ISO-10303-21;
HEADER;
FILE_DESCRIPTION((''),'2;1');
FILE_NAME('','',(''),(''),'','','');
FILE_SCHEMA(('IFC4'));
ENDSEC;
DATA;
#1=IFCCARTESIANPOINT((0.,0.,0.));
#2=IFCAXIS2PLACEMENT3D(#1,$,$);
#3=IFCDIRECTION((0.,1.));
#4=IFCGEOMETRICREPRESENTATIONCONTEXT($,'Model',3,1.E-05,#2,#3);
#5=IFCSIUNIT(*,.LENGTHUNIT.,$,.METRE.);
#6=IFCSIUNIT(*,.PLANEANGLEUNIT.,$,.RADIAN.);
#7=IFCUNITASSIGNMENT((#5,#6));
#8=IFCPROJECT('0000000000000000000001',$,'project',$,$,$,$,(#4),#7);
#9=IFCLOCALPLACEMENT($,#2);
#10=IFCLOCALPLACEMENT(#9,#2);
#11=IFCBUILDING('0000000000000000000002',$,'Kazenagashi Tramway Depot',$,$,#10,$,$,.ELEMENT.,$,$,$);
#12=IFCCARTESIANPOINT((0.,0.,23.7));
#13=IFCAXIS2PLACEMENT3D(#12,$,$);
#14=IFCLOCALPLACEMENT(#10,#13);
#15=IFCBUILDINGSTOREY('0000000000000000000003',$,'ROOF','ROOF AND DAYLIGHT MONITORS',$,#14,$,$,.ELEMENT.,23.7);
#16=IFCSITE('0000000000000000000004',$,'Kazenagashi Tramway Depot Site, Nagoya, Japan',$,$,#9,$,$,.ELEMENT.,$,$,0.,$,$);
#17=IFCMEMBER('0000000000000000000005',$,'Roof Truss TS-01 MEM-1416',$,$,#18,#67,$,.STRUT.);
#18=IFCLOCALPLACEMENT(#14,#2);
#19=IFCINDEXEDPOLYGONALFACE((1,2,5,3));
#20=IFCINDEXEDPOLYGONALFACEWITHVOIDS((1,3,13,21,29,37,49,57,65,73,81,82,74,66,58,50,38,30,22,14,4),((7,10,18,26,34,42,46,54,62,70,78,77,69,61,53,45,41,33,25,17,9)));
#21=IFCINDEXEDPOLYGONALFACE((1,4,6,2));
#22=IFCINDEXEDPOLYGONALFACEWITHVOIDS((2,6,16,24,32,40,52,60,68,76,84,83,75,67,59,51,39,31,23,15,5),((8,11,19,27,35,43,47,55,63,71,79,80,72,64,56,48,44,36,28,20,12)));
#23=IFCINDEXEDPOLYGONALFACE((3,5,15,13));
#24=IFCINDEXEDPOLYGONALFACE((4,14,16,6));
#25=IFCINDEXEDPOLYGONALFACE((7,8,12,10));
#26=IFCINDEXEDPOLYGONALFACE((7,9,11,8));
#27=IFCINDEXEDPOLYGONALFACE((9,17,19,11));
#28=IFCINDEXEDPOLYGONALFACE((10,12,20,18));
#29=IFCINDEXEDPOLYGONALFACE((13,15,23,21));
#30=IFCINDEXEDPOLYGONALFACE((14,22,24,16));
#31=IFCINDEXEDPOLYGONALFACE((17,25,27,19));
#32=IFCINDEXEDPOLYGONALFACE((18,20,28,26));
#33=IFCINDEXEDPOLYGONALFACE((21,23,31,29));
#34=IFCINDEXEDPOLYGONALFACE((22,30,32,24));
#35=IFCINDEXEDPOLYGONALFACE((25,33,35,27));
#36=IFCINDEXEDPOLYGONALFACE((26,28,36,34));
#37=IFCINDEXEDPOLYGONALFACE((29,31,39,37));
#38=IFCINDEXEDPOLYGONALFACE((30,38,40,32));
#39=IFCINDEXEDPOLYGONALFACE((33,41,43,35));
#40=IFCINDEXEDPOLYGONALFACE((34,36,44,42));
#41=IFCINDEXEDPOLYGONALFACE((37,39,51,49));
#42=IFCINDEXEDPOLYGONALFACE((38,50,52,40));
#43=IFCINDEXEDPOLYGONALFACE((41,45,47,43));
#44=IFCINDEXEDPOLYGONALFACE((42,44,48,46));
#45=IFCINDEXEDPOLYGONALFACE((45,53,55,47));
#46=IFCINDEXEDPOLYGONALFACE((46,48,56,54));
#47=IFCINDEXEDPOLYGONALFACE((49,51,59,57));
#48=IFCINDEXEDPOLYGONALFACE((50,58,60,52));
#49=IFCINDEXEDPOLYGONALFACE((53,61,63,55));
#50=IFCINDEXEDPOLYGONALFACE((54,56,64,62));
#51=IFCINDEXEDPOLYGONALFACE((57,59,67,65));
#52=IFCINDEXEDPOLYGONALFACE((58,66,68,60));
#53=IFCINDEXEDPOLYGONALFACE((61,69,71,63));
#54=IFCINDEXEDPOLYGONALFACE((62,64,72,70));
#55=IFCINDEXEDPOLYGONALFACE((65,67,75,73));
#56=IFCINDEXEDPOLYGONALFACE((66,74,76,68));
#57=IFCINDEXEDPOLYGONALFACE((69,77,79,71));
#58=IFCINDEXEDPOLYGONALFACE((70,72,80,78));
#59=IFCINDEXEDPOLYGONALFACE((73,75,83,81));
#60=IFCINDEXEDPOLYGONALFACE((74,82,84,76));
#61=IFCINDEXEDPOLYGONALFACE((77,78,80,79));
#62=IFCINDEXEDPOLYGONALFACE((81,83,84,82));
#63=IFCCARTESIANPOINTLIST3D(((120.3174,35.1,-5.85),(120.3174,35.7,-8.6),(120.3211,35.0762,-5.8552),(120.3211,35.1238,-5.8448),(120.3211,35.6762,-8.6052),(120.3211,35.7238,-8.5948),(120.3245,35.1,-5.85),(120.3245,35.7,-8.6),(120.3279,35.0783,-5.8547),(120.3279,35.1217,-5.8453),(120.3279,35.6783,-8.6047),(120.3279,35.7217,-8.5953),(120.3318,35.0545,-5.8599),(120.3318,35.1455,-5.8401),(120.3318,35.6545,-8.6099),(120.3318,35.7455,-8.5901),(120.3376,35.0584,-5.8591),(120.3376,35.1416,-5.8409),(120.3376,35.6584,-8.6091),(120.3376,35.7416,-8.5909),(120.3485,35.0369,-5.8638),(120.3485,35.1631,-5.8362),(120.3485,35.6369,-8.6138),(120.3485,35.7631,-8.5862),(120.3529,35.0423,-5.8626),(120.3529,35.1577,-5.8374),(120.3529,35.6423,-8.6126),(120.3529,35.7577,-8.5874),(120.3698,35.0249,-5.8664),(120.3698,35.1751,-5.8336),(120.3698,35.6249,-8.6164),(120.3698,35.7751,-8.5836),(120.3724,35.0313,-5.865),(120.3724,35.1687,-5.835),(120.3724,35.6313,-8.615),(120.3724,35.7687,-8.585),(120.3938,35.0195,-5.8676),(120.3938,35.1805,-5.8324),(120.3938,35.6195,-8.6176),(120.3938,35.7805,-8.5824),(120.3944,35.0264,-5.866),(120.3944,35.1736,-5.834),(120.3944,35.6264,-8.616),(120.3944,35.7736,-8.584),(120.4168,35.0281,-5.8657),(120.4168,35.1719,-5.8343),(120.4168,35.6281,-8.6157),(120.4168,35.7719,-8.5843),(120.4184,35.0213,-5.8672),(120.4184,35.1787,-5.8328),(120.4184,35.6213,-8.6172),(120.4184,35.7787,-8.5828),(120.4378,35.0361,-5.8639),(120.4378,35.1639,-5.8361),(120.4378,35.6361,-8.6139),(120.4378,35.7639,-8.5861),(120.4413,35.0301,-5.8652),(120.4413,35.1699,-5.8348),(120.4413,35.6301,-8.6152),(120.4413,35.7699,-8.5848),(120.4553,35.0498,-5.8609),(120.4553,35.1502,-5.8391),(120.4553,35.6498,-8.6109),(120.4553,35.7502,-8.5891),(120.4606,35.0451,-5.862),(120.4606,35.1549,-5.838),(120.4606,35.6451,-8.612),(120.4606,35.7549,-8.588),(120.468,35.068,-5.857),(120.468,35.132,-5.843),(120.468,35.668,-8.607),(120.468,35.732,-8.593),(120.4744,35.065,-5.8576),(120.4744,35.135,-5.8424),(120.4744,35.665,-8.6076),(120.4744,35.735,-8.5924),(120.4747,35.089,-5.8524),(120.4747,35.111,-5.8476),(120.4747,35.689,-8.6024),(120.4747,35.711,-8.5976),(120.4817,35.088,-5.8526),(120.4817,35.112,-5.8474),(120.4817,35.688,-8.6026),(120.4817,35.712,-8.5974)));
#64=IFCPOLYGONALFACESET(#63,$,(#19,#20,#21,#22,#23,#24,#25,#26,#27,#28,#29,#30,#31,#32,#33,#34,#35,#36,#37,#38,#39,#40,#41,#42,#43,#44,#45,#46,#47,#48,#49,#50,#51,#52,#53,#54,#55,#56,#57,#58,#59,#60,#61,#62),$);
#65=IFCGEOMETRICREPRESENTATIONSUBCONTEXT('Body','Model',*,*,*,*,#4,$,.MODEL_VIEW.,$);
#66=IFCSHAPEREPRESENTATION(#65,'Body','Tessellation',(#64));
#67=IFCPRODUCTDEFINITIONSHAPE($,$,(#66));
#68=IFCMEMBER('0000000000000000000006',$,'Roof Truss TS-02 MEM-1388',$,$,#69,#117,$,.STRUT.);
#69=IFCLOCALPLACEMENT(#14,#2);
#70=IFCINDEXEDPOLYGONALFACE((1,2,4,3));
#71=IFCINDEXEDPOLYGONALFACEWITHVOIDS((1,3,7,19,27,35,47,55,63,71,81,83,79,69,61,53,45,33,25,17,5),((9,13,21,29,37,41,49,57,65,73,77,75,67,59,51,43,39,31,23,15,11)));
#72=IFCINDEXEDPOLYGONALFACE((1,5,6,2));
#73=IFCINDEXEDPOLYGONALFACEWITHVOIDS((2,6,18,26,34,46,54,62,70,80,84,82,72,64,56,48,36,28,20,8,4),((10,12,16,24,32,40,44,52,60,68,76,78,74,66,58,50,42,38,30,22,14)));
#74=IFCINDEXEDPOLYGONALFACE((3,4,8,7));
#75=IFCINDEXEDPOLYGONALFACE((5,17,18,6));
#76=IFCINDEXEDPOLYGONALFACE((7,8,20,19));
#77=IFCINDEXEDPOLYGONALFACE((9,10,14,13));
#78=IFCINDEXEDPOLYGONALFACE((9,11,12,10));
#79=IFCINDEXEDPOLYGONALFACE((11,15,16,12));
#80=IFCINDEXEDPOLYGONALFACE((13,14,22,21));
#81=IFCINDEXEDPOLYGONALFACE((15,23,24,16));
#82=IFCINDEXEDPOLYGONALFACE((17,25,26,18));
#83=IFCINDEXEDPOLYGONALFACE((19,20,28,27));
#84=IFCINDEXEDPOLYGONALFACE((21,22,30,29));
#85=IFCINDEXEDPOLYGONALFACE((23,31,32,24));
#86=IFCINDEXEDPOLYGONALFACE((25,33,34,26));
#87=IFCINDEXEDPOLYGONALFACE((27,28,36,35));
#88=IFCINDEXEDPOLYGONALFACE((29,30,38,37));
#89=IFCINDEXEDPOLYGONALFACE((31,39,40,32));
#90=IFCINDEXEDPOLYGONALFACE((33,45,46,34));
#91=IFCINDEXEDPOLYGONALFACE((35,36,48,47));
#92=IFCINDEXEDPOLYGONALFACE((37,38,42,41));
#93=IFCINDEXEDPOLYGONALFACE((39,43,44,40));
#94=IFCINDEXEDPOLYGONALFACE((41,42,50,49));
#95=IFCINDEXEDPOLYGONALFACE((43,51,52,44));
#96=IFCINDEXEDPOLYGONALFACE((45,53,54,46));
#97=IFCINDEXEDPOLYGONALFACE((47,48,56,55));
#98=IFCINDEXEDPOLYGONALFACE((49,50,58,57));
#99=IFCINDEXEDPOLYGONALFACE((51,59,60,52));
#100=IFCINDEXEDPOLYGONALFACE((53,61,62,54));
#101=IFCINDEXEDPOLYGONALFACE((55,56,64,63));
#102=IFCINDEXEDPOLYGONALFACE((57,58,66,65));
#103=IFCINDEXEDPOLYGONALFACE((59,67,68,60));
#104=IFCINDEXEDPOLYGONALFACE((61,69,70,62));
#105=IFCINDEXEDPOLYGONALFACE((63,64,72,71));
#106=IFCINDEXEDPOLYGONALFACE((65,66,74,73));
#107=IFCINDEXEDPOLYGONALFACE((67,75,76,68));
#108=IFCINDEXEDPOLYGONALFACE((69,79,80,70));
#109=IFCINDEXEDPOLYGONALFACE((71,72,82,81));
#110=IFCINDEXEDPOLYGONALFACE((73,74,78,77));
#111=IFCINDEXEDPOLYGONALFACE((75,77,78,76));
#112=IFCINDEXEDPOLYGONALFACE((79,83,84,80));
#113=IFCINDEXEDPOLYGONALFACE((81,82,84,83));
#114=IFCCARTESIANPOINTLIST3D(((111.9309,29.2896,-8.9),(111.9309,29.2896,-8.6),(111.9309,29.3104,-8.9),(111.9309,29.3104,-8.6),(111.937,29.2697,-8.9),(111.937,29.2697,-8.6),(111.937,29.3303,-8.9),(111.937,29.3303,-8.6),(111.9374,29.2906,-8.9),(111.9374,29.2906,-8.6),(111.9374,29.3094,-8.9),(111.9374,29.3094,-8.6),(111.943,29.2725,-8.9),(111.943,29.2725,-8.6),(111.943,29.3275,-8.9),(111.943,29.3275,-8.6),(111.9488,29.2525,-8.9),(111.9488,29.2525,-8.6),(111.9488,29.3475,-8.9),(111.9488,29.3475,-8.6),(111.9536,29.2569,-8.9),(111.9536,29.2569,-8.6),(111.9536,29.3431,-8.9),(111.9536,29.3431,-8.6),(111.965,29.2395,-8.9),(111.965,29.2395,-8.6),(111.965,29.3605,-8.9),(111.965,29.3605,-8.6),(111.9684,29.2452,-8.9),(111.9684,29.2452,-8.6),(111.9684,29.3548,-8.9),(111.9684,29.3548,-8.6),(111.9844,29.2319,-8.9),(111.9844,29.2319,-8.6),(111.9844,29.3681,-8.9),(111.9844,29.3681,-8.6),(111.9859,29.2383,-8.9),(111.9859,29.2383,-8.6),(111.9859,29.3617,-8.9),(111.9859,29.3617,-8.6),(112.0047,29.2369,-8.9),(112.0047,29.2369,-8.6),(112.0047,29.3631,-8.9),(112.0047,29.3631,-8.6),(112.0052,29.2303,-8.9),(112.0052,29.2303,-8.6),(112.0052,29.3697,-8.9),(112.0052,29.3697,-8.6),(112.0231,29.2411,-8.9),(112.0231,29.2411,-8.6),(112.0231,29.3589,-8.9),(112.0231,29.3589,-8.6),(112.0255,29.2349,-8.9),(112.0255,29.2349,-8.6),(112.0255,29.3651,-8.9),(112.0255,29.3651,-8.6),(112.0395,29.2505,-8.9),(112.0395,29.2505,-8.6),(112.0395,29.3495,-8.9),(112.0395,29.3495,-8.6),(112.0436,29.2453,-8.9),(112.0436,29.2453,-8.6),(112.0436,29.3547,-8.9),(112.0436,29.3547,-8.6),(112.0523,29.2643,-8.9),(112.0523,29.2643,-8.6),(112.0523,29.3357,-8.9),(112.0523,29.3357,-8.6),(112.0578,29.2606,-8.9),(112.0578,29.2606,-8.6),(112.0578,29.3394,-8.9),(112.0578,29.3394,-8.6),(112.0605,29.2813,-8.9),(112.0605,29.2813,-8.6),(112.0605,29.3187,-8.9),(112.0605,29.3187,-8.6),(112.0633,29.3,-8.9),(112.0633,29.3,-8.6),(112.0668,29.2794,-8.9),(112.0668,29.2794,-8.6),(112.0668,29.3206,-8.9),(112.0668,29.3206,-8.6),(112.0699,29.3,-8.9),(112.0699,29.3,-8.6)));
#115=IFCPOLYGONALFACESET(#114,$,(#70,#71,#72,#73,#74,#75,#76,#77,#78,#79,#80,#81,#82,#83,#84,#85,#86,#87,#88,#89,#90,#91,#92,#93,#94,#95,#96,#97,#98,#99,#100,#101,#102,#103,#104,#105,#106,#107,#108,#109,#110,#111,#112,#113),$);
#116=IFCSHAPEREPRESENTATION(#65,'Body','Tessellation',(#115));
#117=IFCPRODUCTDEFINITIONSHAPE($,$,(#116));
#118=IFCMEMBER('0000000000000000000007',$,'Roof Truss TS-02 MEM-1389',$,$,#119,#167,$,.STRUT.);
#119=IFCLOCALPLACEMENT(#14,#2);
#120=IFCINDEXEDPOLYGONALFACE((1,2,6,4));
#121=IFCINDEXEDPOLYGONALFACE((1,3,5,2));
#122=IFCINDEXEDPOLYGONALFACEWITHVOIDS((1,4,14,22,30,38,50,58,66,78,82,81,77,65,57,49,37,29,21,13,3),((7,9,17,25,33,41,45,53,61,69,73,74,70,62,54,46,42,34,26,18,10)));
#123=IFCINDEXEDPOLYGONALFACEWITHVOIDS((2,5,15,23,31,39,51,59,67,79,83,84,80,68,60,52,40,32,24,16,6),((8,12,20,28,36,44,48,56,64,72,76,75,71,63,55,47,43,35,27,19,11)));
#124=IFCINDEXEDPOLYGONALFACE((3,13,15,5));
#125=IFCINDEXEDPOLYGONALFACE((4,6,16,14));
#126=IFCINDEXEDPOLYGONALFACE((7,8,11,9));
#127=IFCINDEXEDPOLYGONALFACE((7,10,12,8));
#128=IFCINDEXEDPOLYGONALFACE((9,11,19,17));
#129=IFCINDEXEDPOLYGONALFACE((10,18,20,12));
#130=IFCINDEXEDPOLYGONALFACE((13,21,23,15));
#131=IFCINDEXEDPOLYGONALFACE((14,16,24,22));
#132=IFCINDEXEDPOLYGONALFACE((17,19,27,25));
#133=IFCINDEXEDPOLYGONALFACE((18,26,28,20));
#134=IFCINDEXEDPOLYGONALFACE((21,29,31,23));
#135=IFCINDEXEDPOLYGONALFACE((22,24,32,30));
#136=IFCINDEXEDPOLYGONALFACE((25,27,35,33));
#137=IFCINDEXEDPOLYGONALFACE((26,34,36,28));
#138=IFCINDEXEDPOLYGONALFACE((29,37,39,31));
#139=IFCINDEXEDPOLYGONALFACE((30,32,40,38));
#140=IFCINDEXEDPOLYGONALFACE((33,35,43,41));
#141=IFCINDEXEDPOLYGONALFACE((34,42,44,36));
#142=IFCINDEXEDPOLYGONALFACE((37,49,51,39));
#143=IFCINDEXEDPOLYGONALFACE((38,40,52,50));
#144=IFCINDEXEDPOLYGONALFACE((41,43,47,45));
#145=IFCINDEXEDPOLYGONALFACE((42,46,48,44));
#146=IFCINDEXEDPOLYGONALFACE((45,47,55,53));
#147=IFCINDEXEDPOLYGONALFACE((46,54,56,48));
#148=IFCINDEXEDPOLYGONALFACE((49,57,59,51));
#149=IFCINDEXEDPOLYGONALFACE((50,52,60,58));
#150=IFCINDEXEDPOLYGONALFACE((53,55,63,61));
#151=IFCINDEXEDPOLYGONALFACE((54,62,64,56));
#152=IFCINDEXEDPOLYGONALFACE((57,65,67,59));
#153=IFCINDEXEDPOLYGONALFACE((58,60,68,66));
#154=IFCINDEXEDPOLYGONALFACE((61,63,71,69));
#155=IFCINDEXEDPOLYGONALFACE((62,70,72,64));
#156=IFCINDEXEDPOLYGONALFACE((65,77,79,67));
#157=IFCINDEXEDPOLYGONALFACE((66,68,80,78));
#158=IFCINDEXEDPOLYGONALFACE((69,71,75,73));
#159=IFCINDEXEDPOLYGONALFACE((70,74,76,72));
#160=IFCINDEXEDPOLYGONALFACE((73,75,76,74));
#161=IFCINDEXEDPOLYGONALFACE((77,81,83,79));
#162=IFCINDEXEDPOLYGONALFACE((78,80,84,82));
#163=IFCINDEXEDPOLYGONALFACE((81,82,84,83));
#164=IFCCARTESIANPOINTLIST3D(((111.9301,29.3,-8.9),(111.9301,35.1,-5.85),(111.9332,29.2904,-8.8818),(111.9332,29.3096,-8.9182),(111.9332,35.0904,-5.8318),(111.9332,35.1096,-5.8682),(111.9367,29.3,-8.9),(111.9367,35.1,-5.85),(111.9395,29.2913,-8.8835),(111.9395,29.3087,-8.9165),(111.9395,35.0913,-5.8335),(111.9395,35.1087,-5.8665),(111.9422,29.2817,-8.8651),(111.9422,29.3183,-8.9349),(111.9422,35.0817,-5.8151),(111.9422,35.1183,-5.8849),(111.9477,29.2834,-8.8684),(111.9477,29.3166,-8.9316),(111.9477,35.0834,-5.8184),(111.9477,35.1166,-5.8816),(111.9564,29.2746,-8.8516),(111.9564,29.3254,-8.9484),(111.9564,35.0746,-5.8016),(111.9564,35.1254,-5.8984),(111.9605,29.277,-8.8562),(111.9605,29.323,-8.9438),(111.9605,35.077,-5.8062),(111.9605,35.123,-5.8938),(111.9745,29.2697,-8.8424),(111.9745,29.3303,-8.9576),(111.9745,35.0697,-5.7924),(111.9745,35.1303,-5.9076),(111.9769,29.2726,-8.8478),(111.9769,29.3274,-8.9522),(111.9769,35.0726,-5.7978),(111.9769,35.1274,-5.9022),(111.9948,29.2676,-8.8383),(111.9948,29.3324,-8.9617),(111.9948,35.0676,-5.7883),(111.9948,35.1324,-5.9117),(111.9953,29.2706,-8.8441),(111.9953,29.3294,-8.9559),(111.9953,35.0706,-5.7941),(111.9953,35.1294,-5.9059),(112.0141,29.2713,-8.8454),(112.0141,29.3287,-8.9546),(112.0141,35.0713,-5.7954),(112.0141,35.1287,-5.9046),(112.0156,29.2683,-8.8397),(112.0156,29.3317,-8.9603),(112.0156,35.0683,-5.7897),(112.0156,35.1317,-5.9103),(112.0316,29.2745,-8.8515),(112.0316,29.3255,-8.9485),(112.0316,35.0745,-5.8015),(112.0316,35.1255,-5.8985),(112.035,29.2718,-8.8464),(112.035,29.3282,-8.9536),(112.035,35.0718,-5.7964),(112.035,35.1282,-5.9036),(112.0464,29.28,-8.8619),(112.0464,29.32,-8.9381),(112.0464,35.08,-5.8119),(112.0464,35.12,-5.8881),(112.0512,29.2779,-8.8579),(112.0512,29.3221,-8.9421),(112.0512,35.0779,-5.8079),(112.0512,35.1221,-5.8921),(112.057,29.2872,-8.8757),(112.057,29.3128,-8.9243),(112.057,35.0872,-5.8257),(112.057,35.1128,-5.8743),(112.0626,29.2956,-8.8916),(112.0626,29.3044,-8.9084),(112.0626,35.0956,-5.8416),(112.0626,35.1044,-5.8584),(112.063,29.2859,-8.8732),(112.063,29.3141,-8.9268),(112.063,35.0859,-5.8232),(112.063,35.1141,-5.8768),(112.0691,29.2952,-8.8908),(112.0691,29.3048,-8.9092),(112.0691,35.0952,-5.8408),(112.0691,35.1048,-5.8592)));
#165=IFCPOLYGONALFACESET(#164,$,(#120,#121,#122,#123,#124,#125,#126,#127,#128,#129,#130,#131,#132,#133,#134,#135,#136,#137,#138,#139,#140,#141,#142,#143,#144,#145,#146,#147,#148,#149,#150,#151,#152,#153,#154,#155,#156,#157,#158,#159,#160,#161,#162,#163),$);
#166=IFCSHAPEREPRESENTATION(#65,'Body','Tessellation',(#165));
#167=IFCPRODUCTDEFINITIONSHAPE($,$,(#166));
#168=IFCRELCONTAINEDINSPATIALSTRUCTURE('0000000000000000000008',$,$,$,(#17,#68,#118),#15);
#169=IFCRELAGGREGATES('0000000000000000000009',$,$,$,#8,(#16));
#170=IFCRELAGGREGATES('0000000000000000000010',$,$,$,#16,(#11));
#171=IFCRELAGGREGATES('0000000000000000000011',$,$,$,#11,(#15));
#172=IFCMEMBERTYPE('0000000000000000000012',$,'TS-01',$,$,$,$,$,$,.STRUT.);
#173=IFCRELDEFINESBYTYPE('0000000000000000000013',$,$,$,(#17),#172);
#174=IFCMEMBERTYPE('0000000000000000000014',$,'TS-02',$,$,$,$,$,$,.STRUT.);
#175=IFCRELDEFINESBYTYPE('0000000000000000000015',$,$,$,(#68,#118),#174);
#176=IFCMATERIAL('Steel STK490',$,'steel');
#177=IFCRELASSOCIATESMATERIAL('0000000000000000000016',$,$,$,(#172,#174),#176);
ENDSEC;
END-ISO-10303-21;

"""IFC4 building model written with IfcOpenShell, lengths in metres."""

from ifc_helpers import new_model, si_unit, direction, frame, origin, origin_2d, place, context, subcontext, project, spatial, hollow_circle, extrude, material, material_profile, profile_set, type_object, element, save


model = new_model("IFC4")

# Units and contexts
model_context = context("Model", 3, precision=1e-05, world=origin(), true_north=direction((0.0, 1.0)))
body_context = subcontext(model_context, "Body", "Model", "MODEL_VIEW")
ifc_project = project(units=[si_unit("LENGTHUNIT", "METRE"), si_unit("PLANEANGLEUNIT", "RADIAN")], contexts=[model_context])

# Site, building, storey
site_placement = place(None, origin())
site = spatial("IfcSite", under=ifc_project, at=site_placement, Name="Kazenagashi Tramway Depot Site, Nagoya, Japan", CompositionType="ELEMENT", RefElevation=0.0)
building_placement = place(site_placement, origin())
building = spatial("IfcBuilding", under=site, at=building_placement, Name="Kazenagashi Tramway Depot", CompositionType="ELEMENT")
storey_placement = place(building_placement, frame((0.0, 0.0, 23.7)))
storey = spatial("IfcBuildingStorey", under=building, at=storey_placement, Name="ROOF", Description="ROOF AND DAYLIGHT MONITORS", CompositionType="ELEMENT", Elevation=23.7)

# Members
ifc_material_1 = material(Name="Steel STK490", Category="steel")
ifc_material_profile_1 = material_profile(ifc_material_1, hollow_circle(Radius=0.0826, WallThickness=0.0071, at=origin_2d()), Name="CHS-165.2x7.1")
ifc_profile_set_1 = profile_set([ifc_material_profile_1], Name="Steel STK490")
member_type_1 = type_object("IfcMemberType", Name="TS-01", PredefinedType="STRUT", material=ifc_profile_set_1)
for number, where, z_axis, x_axis, name in (
    (1, (120.4, 35.1, -5.85), (0.0, 0.213167, -0.977016), (-1.0, 0.0, 0.0), "Roof Truss TS-01 MEM-1416"),
):
    element("IfcMember", number, at=place(storey_placement, frame(where, z_axis=z_axis, x_axis=x_axis)), inside=storey, type_object=member_type_1, Name=name, PredefinedType="STRUT", context=body_context, shape_type="SweptSolid", body=[
        extrude(hollow_circle(Radius=0.0826, WallThickness=0.0071, at=origin_2d()), origin(), (0.0, 0.0, 1.0), 2.8147),
    ])
ifc_material_profile_2 = material_profile(ifc_material_1, hollow_circle(Radius=0.0699, WallThickness=0.0066, at=origin_2d()), Name="CHS-139.8x6.6")
ifc_profile_set_2 = profile_set([ifc_material_profile_2], Name="Steel STK490")
member_type_2 = type_object("IfcMemberType", Name="TS-02", PredefinedType="STRUT", material=ifc_profile_set_2)
member_1_placement = place(storey_placement, frame((112.0, 29.3, -8.9), z_axis=(0.0, 0.0, 1.0), x_axis=(1.0, 0.0, 0.0)))
element("IfcMember", 2, at=member_1_placement, inside=storey, type_object=member_type_2, Name="Roof Truss TS-02 MEM-1388", PredefinedType="STRUT", context=body_context, shape_type="SweptSolid", body=[
    extrude(hollow_circle(Radius=0.0699, WallThickness=0.0066, at=origin_2d()), origin(), (0.0, 0.0, 1.0), 0.3),
])
member_2_placement = place(storey_placement, frame((112.0, 29.3, -8.9), z_axis=(0.0, 0.885084, 0.465432), x_axis=(-1.0, 0.0, 0.0)))
element("IfcMember", 3, at=member_2_placement, inside=storey, type_object=member_type_2, Name="Roof Truss TS-02 MEM-1389", PredefinedType="STRUT", context=body_context, shape_type="SweptSolid", body=[
    extrude(hollow_circle(Radius=0.0699, WallThickness=0.0066, at=origin_2d()), origin(), (0.0, 0.0, 1.0), 6.5531),
])

save(model, "model.ifc")
